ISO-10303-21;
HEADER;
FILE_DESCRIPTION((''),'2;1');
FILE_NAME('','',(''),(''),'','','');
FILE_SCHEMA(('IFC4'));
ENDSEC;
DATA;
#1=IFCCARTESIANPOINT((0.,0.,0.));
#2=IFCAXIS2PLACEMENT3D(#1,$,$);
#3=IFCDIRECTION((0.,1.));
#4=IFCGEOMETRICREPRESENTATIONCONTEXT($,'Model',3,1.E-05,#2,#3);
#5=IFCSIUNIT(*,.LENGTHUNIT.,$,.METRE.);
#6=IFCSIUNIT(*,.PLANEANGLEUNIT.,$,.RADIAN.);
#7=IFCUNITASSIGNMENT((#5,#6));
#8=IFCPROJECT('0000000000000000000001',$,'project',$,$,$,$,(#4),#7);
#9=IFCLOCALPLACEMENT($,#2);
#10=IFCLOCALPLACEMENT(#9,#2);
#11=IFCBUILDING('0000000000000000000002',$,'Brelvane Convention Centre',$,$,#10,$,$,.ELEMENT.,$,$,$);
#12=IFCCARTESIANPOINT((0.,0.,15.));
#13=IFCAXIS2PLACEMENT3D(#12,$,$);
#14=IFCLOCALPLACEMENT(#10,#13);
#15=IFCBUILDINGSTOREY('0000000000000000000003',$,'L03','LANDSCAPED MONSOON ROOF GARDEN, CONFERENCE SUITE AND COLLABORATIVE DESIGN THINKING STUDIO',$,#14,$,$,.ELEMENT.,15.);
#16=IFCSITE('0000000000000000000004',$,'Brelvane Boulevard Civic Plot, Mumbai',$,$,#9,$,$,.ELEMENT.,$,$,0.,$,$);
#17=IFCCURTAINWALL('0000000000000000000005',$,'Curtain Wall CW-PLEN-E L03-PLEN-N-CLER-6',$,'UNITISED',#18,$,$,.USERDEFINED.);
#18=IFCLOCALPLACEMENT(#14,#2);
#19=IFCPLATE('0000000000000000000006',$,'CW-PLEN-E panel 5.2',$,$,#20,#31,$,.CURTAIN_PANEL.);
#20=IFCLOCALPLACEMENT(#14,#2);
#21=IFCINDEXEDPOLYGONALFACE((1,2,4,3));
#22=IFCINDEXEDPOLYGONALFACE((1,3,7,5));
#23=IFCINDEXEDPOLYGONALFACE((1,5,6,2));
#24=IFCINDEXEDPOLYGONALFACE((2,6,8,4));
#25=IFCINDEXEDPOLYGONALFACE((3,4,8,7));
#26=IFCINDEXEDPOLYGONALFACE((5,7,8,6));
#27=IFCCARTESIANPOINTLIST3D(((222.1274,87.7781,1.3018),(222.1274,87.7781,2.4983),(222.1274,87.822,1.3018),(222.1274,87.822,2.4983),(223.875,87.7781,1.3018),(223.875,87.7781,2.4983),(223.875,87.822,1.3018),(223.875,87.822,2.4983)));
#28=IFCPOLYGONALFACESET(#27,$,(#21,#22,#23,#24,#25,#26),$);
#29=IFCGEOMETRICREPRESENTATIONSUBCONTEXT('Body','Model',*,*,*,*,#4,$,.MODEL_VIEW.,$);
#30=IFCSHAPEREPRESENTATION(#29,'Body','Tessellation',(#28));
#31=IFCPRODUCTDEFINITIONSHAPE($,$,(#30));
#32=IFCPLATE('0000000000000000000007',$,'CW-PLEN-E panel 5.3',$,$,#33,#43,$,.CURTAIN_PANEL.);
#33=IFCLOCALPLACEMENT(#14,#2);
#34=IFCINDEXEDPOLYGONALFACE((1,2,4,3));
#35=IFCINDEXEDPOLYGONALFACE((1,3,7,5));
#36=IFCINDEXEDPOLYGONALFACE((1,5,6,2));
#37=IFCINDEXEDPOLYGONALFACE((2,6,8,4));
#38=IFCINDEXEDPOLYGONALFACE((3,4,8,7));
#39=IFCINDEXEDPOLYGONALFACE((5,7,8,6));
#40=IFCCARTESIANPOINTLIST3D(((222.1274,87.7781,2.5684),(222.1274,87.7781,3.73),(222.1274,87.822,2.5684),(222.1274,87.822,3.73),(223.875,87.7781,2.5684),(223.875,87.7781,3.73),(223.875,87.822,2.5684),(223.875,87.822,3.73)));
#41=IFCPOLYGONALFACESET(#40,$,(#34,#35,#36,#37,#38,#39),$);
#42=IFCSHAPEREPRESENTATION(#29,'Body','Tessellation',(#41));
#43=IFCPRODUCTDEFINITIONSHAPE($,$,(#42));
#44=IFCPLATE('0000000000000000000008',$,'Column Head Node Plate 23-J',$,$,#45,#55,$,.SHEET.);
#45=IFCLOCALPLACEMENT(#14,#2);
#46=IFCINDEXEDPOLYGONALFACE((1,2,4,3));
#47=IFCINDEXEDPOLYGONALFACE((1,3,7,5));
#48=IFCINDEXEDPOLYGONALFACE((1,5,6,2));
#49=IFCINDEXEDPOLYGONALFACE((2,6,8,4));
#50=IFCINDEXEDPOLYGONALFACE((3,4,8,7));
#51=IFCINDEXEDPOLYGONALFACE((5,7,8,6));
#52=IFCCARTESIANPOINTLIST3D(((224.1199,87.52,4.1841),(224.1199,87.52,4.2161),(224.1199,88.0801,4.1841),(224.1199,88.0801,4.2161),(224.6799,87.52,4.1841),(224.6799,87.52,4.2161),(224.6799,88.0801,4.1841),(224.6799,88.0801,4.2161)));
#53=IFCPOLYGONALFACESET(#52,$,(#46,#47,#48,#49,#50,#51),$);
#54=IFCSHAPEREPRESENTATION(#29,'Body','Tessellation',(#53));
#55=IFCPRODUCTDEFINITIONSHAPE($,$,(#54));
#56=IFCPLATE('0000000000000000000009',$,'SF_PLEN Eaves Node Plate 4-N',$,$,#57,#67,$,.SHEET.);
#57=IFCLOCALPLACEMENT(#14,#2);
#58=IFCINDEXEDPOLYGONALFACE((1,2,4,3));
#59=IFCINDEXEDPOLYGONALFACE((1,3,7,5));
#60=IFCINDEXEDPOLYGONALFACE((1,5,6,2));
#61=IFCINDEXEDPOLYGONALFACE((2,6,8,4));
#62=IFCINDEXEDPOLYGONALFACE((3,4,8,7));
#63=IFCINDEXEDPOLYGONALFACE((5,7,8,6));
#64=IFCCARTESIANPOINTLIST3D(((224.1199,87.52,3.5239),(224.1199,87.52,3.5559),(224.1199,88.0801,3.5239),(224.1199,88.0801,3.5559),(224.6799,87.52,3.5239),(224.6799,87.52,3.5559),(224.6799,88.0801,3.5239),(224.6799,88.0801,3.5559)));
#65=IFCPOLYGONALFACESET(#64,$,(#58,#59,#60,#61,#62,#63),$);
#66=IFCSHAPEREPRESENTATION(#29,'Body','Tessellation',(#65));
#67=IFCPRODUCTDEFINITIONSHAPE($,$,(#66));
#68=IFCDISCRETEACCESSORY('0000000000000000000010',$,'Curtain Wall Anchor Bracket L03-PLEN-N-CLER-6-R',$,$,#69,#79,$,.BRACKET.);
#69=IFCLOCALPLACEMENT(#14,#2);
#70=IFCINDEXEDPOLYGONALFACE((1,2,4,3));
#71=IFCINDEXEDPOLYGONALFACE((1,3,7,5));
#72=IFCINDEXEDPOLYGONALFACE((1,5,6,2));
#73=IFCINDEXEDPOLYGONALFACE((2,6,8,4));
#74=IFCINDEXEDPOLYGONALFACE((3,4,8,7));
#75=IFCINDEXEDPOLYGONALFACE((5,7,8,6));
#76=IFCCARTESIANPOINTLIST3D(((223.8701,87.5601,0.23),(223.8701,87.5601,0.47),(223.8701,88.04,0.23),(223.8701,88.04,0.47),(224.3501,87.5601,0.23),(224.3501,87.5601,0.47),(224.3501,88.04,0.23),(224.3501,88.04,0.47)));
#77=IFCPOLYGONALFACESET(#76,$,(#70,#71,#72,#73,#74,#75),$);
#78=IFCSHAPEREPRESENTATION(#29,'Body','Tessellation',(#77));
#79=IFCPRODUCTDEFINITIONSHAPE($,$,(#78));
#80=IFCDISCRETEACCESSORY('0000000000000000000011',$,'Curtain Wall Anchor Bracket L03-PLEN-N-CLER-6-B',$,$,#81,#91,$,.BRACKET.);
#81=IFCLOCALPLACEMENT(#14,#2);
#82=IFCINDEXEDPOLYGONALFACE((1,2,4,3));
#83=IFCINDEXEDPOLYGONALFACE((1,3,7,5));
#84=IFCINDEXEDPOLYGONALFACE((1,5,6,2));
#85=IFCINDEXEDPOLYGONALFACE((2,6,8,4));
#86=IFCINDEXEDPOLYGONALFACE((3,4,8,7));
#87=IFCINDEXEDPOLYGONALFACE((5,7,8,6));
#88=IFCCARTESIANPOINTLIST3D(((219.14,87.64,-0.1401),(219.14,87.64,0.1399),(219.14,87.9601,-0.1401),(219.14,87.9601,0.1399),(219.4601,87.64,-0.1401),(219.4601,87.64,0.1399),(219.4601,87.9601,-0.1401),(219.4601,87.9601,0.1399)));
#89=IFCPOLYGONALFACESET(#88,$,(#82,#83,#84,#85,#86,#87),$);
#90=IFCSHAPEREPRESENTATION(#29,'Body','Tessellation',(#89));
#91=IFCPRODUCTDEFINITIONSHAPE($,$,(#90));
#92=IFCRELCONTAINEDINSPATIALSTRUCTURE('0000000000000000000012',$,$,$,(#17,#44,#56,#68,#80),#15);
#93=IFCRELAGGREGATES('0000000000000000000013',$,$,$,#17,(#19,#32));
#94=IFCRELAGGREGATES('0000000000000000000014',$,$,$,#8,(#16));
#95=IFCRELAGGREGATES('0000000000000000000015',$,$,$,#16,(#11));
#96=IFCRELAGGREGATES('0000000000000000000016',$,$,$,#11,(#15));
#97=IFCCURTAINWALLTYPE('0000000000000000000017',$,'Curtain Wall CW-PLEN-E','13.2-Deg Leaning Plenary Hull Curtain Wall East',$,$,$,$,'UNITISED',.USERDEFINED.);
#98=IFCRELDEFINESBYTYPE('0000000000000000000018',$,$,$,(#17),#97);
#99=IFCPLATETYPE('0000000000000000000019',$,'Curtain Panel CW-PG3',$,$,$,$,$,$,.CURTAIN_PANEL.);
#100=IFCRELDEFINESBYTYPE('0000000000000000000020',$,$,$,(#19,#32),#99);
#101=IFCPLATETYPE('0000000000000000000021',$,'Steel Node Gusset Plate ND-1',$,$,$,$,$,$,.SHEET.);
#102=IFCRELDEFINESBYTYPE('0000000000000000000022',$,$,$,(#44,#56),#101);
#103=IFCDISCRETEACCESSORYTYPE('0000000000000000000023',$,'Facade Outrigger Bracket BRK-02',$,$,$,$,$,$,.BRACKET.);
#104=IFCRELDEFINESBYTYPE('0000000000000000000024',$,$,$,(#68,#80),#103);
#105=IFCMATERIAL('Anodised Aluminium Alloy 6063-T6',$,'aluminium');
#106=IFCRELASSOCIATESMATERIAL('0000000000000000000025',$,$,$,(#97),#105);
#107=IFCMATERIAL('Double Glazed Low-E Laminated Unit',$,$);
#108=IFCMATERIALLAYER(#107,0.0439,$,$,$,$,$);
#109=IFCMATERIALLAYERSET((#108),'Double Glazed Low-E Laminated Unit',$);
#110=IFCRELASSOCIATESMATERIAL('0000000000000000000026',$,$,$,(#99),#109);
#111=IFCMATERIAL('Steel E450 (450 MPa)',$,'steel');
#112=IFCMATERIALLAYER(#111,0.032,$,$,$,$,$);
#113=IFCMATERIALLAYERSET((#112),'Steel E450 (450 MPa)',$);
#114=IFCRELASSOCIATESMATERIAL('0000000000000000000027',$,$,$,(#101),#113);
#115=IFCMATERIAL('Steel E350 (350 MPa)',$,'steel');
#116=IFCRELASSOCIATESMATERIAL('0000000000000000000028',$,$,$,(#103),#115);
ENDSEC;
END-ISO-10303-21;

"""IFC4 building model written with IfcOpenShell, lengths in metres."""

from ifc_helpers import new_model, si_unit, direction, frame, origin, origin_2d, place, context, subcontext, project, spatial, rectangle, extrude, material, layer, layer_set, type_object, element, aggregate, save


model = new_model("IFC4")

# Units and contexts
model_context = context("Model", 3, precision=1e-05, world=origin(), true_north=direction((0.0, 1.0)))
body_context = subcontext(model_context, "Body", "Model", "MODEL_VIEW")
ifc_project = project(units=[si_unit("LENGTHUNIT", "METRE"), si_unit("PLANEANGLEUNIT", "RADIAN")], contexts=[model_context])

# Site, building, storey
site_placement = place(None, origin())
site = spatial("IfcSite", under=ifc_project, at=site_placement, Name="Brelvane Boulevard Civic Plot, Mumbai", CompositionType="ELEMENT", RefElevation=0.0)
building_placement = place(site_placement, origin())
building = spatial("IfcBuilding", under=site, at=building_placement, Name="Brelvane Convention Centre", CompositionType="ELEMENT")
storey_placement = place(building_placement, frame((0.0, 0.0, 15.0)))
storey = spatial("IfcBuildingStorey", under=building, at=storey_placement, Name="L03", Description="LANDSCAPED MONSOON ROOF GARDEN, CONFERENCE SUITE AND COLLABORATIVE DESIGN THINKING STUDIO", CompositionType="ELEMENT", Elevation=15.0)

# Curtain wall, plates
ifc_material_1 = material(Name="Anodised Aluminium Alloy 6063-T6", Category="aluminium")
curtain_wall_type = type_object("IfcCurtainWallType", Name="Curtain Wall CW-PLEN-E", Description="13.2-Deg Leaning Plenary Hull Curtain Wall East", ElementType="UNITISED", PredefinedType="USERDEFINED", material=ifc_material_1)
curtain_wall_placement = place(storey_placement, origin())
curtain_wall = element("IfcCurtainWall", 1, at=curtain_wall_placement, inside=storey, type_object=curtain_wall_type, Name="Curtain Wall CW-PLEN-E L03-PLEN-N-CLER-6", ObjectType="UNITISED", PredefinedType="USERDEFINED")
ifc_material_2 = material(Name="Double Glazed Low-E Laminated Unit")
ifc_layer_1 = layer(ifc_material_2, 0.0439)
ifc_layer_set_1 = layer_set([ifc_layer_1], Name="Double Glazed Low-E Laminated Unit")
plate_type_1 = type_object("IfcPlateType", Name="Curtain Panel CW-PG3", PredefinedType="CURTAIN_PANEL", material=ifc_layer_set_1)
plate_1_placement = place(storey_placement, frame((223.0012, 87.8, 1.3018), z_axis=(0.0, 0.0, 1.0), x_axis=(1.0, 0.0, 0.0)))
plate_1 = element("IfcPlate", 2, at=plate_1_placement, type_object=plate_type_1, Name="CW-PLEN-E panel 5.2", PredefinedType="CURTAIN_PANEL", context=body_context, shape_type="SweptSolid", body=[
    extrude(rectangle(XDim=1.7476, YDim=0.0439, at=origin_2d()), origin(), (0.0, 0.0, 1.0), 1.1965),
])
plate_2_placement = place(storey_placement, frame((223.0012, 87.8, 2.5684), z_axis=(0.0, 0.0, 1.0), x_axis=(1.0, 0.0, 0.0)))
plate_2 = element("IfcPlate", 3, at=plate_2_placement, type_object=plate_type_1, Name="CW-PLEN-E panel 5.3", PredefinedType="CURTAIN_PANEL", context=body_context, shape_type="SweptSolid", body=[
    extrude(rectangle(XDim=1.7476, YDim=0.0439, at=origin_2d()), origin(), (0.0, 0.0, 1.0), 1.1616),
])
aggregate(curtain_wall, [plate_1, plate_2])

# Plates
ifc_material_3 = material(Name="Steel E450 (450 MPa)", Category="steel")
ifc_layer_2 = layer(ifc_material_3, 0.032)
ifc_layer_set_2 = layer_set([ifc_layer_2], Name="Steel E450 (450 MPa)")
plate_type_2 = type_object("IfcPlateType", Name="Steel Node Gusset Plate ND-1", PredefinedType="SHEET", material=ifc_layer_set_2)
for number, where, z_axis, x_axis, name in (
    (4, (224.3999, 87.8, 4.1841), (0.0, 0.0, 1.0), (1.0, 0.0, 0.0), "Column Head Node Plate 23-J"),
    (5, (224.3999, 87.8, 3.5239), (0.0, 0.0, 1.0), (1.0, 0.0, 0.0), "SF_PLEN Eaves Node Plate 4-N"),
):
    element("IfcPlate", number, at=place(storey_placement, frame(where, z_axis=z_axis, x_axis=x_axis)), inside=storey, type_object=plate_type_2, Name=name, PredefinedType="SHEET", context=body_context, shape_type="SweptSolid", body=[
        extrude(rectangle(XDim=0.5601, YDim=0.5601, at=origin_2d()), origin(), (0.0, 0.0, 1.0), 0.032),
    ])

# Discrete accessories
ifc_material_4 = material(Name="Steel E350 (350 MPa)", Category="steel")
discrete_accessory_type = type_object("IfcDiscreteAccessoryType", Name="Facade Outrigger Bracket BRK-02", PredefinedType="BRACKET", material=ifc_material_4)
discrete_accessory_1_placement = place(storey_placement, frame((224.1101, 87.8, 0.23), z_axis=(0.0, 0.0, 1.0), x_axis=(1.0, 0.0, 0.0)))
element("IfcDiscreteAccessory", 6, at=discrete_accessory_1_placement, inside=storey, type_object=discrete_accessory_type, Name="Curtain Wall Anchor Bracket L03-PLEN-N-CLER-6-R", PredefinedType="BRACKET", context=body_context, shape_type="SweptSolid", body=[
    extrude(rectangle(XDim=0.48, YDim=0.48, at=origin_2d()), origin(), (0.0, 0.0, 1.0), 0.24),
])
discrete_accessory_2_placement = place(storey_placement, frame((219.3, 87.8, -0.1401), z_axis=(0.0, 0.0, 1.0), x_axis=(1.0, 0.0, 0.0)))
element("IfcDiscreteAccessory", 7, at=discrete_accessory_2_placement, inside=storey, type_object=discrete_accessory_type, Name="Curtain Wall Anchor Bracket L03-PLEN-N-CLER-6-B", PredefinedType="BRACKET", context=body_context, shape_type="SweptSolid", body=[
    extrude(rectangle(XDim=0.3201, YDim=0.3201, at=origin_2d()), origin(), (0.0, 0.0, 1.0), 0.28),
])

save(model, "model.ifc")
